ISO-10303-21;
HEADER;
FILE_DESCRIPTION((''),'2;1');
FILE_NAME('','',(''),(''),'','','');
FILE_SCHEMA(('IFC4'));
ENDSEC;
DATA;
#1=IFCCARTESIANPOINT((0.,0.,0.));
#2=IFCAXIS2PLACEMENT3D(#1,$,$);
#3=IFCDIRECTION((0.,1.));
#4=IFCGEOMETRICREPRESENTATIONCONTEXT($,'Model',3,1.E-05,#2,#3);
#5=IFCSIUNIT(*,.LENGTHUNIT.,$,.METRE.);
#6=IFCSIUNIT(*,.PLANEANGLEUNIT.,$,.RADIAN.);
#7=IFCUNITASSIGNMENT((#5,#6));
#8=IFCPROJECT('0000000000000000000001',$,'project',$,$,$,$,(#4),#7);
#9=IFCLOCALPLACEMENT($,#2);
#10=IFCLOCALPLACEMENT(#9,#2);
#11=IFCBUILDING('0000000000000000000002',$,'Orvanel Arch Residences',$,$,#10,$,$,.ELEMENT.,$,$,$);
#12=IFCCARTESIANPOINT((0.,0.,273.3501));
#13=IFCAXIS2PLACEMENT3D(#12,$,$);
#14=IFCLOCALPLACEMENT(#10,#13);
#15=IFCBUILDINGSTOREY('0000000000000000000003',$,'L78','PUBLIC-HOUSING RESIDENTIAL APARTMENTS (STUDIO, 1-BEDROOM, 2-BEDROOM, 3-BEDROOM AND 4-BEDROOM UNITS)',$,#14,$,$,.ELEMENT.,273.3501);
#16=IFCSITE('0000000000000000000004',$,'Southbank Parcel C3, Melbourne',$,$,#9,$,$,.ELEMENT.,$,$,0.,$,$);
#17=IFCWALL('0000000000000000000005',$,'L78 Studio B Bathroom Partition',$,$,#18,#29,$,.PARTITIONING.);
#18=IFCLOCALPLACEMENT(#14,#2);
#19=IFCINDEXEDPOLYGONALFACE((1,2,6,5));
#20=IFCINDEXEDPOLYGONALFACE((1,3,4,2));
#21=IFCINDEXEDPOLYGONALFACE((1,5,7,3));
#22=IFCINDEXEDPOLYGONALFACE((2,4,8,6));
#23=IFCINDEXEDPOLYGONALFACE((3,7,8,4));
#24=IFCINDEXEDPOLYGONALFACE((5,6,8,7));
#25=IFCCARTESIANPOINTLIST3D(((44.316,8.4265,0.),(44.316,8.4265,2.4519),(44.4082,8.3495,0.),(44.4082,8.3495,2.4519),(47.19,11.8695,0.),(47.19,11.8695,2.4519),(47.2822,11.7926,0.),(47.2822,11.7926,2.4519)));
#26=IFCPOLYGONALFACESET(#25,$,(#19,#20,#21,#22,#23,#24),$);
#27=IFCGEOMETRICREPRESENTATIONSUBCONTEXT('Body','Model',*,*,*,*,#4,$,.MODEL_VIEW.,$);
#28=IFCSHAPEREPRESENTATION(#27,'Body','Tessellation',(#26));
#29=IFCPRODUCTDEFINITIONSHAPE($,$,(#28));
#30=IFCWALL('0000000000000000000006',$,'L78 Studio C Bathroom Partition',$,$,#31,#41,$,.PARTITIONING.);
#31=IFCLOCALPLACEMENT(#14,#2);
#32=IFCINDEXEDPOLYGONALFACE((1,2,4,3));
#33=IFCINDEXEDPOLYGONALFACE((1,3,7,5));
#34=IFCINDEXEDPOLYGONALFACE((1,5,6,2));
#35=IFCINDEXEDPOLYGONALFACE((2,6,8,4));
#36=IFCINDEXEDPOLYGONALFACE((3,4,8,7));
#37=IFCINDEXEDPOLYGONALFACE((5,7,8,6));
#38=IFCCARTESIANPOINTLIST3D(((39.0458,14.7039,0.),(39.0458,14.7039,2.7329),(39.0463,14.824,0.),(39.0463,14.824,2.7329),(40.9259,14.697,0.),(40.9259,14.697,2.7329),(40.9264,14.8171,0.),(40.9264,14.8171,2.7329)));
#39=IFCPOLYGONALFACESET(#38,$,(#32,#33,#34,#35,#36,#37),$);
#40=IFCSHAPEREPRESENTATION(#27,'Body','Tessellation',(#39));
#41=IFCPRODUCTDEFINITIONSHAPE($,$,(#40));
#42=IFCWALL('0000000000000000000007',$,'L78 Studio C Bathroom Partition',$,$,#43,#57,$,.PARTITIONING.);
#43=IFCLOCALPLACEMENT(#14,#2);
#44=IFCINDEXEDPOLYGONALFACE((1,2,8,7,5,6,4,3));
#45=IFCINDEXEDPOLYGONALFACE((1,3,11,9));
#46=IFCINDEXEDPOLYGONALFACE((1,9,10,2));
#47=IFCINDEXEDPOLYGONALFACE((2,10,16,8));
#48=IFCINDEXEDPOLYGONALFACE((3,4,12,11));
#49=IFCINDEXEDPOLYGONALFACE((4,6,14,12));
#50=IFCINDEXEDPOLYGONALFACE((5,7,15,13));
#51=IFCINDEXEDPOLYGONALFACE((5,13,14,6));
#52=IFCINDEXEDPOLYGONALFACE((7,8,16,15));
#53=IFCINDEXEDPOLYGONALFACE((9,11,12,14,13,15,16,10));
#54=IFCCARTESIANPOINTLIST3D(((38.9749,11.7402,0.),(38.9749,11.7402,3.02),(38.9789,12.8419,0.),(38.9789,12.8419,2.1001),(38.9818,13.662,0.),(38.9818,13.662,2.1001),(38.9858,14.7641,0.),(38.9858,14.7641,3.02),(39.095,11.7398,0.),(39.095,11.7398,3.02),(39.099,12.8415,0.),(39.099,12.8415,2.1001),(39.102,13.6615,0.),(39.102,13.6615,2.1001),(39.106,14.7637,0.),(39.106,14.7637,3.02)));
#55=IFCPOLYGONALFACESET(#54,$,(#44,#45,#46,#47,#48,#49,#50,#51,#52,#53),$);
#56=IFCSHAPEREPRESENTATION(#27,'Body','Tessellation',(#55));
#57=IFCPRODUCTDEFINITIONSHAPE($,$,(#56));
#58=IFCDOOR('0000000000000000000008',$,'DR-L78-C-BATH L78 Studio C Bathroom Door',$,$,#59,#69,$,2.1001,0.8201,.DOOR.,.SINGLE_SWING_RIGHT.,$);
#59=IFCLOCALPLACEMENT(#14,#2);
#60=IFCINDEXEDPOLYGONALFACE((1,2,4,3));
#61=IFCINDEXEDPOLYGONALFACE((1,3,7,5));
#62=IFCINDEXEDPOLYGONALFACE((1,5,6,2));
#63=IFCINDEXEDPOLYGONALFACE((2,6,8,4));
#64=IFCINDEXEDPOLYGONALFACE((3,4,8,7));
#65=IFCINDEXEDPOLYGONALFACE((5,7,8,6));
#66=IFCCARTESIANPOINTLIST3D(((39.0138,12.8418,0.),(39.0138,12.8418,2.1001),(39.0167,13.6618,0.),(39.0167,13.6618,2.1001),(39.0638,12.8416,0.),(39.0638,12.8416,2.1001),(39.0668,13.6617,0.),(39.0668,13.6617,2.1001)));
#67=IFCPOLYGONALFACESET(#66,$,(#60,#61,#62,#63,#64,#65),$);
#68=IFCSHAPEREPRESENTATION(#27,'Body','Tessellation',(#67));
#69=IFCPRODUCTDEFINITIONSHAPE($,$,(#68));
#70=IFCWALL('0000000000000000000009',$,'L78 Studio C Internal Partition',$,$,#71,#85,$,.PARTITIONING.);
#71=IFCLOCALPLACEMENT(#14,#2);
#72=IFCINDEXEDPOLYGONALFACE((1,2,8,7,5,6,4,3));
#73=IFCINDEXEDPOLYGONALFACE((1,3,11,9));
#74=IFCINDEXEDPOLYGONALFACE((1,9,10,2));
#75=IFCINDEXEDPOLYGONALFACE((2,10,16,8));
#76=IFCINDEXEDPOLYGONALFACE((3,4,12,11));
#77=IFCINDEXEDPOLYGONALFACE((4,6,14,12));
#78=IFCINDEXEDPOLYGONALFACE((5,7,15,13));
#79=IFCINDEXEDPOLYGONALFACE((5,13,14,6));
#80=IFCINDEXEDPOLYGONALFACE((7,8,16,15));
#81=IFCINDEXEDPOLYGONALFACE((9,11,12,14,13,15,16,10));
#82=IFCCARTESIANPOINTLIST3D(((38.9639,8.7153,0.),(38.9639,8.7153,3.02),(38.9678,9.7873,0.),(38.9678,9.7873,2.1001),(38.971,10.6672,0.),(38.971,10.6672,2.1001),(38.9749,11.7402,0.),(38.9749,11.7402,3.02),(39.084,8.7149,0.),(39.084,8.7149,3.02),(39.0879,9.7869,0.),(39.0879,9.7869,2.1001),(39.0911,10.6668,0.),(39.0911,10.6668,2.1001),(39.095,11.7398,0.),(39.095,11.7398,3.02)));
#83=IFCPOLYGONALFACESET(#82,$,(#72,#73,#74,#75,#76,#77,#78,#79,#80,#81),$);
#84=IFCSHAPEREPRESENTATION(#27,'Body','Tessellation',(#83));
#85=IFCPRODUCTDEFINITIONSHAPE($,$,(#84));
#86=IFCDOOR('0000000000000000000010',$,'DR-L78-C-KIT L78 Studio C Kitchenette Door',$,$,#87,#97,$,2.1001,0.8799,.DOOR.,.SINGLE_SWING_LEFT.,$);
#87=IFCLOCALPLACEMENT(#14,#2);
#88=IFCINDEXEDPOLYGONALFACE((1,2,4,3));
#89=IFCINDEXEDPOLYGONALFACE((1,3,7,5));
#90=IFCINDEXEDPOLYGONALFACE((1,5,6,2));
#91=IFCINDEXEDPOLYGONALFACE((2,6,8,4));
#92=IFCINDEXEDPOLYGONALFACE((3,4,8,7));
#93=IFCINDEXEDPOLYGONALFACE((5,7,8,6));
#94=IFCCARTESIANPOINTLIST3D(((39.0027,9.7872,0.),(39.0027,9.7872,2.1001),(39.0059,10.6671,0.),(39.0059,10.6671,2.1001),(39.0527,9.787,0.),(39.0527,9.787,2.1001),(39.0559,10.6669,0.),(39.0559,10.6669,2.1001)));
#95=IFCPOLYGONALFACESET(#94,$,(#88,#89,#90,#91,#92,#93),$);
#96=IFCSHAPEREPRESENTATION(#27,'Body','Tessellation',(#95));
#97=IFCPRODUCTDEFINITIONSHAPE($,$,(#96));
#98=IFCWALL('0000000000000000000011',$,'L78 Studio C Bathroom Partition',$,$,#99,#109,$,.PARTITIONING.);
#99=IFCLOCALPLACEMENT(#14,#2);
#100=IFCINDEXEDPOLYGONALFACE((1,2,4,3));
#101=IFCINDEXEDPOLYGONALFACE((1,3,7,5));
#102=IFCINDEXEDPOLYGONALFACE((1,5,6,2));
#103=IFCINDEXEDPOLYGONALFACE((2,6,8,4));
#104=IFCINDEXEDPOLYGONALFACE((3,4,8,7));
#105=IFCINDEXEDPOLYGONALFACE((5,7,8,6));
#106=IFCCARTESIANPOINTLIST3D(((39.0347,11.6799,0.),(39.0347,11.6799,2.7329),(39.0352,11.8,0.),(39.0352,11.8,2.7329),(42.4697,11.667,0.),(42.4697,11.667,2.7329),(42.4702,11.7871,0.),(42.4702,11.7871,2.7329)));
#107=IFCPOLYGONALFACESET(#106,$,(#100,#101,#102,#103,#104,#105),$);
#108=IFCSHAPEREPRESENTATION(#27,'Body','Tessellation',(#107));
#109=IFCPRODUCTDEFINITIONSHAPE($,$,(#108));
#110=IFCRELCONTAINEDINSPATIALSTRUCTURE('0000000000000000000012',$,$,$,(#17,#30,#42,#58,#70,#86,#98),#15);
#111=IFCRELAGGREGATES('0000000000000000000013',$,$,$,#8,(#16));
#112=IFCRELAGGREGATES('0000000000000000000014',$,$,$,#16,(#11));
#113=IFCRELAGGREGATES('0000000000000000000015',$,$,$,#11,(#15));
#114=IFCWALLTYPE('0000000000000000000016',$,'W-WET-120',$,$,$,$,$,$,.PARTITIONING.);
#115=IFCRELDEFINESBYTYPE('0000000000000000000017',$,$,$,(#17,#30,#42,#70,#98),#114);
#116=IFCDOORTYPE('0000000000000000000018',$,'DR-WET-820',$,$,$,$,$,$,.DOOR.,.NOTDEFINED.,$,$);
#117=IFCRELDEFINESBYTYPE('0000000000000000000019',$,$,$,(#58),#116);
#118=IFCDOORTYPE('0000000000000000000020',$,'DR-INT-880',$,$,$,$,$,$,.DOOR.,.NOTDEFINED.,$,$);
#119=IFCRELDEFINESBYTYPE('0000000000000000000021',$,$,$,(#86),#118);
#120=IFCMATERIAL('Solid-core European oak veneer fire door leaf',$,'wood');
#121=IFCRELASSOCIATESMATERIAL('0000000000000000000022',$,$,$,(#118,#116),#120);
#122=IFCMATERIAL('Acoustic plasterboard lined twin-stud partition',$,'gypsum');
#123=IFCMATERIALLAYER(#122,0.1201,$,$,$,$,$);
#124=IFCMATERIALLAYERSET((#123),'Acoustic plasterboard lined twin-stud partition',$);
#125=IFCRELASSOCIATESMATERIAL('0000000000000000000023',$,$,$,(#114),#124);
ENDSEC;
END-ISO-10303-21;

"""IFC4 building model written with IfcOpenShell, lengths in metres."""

from ifc_helpers import new_model, si_unit, direction, frame, frame_2d, origin, place, context, subcontext, project, spatial, rectangle, extrude, material, layer, layer_set, type_object, element, fill, save


model = new_model("IFC4")

# Units and contexts
model_context = context("Model", 3, precision=1e-05, world=origin(), true_north=direction((0.0, 1.0)))
body_context = subcontext(model_context, "Body", "Model", "MODEL_VIEW")
ifc_project = project(units=[si_unit("LENGTHUNIT", "METRE"), si_unit("PLANEANGLEUNIT", "RADIAN")], contexts=[model_context])

# Site, building, storey
site_placement = place(None, origin())
site = spatial("IfcSite", under=ifc_project, at=site_placement, Name="Southbank Parcel C3, Melbourne", CompositionType="ELEMENT", RefElevation=0.0)
building_placement = place(site_placement, origin())
building = spatial("IfcBuilding", under=site, at=building_placement, Name="Orvanel Arch Residences", CompositionType="ELEMENT")
storey_placement = place(building_placement, frame((0.0, 0.0, 273.3501)))
storey = spatial("IfcBuildingStorey", under=building, at=storey_placement, Name="L78", Description="PUBLIC-HOUSING RESIDENTIAL APARTMENTS (STUDIO, 1-BEDROOM, 2-BEDROOM, 3-BEDROOM AND 4-BEDROOM UNITS)", CompositionType="ELEMENT", Elevation=273.3501)

# Shared definitions
ifc_material_1 = material(Name="Solid-core European oak veneer fire door leaf", Category="wood")

# Shared definitions
door_type_1 = type_object("IfcDoorType", Name="DR-INT-880", OperationType="NOTDEFINED", PredefinedType="DOOR", material=ifc_material_1)

# Shared definitions
ifc_material_2 = material(Name="Acoustic plasterboard lined twin-stud partition", Category="gypsum")
ifc_layer_1 = layer(ifc_material_2, 0.1201)
ifc_layer_set_1 = layer_set([ifc_layer_1], Name="Acoustic plasterboard lined twin-stud partition")
wall_type_1 = type_object("IfcWallType", Name="W-WET-120", PredefinedType="PARTITIONING", material=ifc_layer_set_1)
door_type_2 = type_object("IfcDoorType", Name="DR-WET-820", OperationType="NOTDEFINED", PredefinedType="DOOR", material=ifc_material_1)

# Walls
wall_1_placement = place(storey_placement, frame((47.2361, 11.8311, 0.0), z_axis=(0.0, 0.0, 1.0), x_axis=(-0.640811, -0.767699, 0.0)))
element("IfcWall", 1, at=wall_1_placement, inside=storey, type_object=wall_type_1, Name="L78 Studio B Bathroom Partition", PredefinedType="PARTITIONING", context=body_context, shape_type="SweptSolid", body=[
    extrude(rectangle(XDim=4.4849, YDim=0.1201, at=frame_2d((2.2424, 0.0))), origin(), (0.0, 0.0, 1.0), 2.4519),
])
wall_2_placement = place(storey_placement, frame((40.926, 14.7571, 0.0), z_axis=(0.0, 0.0, 1.0), x_axis=(-0.999993, 0.003636, 0.0)))
element("IfcWall", 2, at=wall_2_placement, inside=storey, type_object=wall_type_1, Name="L78 Studio C Bathroom Partition", PredefinedType="PARTITIONING", context=body_context, shape_type="SweptSolid", body=[
    extrude(rectangle(XDim=1.8801, YDim=0.1201, at=frame_2d((0.9399, 0.0))), origin(), (0.0, 0.0, 1.0), 2.7329),
])

# Walls, openings, doors
wall_3_placement = place(storey_placement, frame((39.0459, 14.7639, 0.0), z_axis=(0.0, 0.0, 1.0), x_axis=(-0.003633, -0.999993, 0.0)))
wall_3 = element("IfcWall", 3, at=wall_3_placement, inside=storey, type_object=wall_type_1, Name="L78 Studio C Bathroom Partition", PredefinedType="PARTITIONING", context=body_context, shape_type="SweptSolid", body=[
    extrude(rectangle(XDim=3.0239, YDim=0.1201, at=frame_2d((1.512, 0.0))), origin(), (0.0, 0.0, 1.0), 3.02),
])
opening_1_placement = place(wall_3_placement, frame((1.1021, 0.0, 0.0)))
opening_1 = element("IfcOpeningElement", 4, at=opening_1_placement, cuts=wall_3, PredefinedType="OPENING", context=body_context, shape_type="SweptSolid", body=[
    extrude(rectangle(XDim=0.8201, YDim=2.1001, at=frame_2d((0.4102, 1.05))), frame((0.0, 0.0701, 0.0), z_axis=(0.0, -1.0, 0.0), x_axis=(1.0, 0.0, 0.0)), (0.0, 0.0, 1.0), 0.1401),
])
door_1_placement = place(opening_1_placement, origin())
door_1 = element("IfcDoor", 5, at=door_1_placement, inside=storey, type_object=door_type_2, Name="DR-L78-C-BATH L78 Studio C Bathroom Door", OperationType="SINGLE_SWING_RIGHT", OverallHeight=2.1001, OverallWidth=0.8201, PredefinedType="DOOR", context=body_context, shape_type="SweptSolid", body=[
    extrude(rectangle(XDim=0.8201, YDim=2.1001, at=frame_2d((0.4102, 1.05))), frame((0.0, 0.0249, 0.0), z_axis=(0.0, -1.0, 0.0), x_axis=(1.0, 0.0, 0.0)), (0.0, 0.0, 1.0), 0.05),
])
fill(opening_1, door_1)
wall_4_placement = place(storey_placement, frame((39.0349, 11.74, 0.0), z_axis=(0.0, 0.0, 1.0), x_axis=(-0.003632, -0.999993, 0.0)))
wall_4 = element("IfcWall", 6, at=wall_4_placement, inside=storey, type_object=wall_type_1, Name="L78 Studio C Internal Partition", PredefinedType="PARTITIONING", context=body_context, shape_type="SweptSolid", body=[
    extrude(rectangle(XDim=3.0249, YDim=0.1201, at=frame_2d((1.5125, 0.0))), origin(), (0.0, 0.0, 1.0), 3.02),
])
opening_2_placement = place(wall_4_placement, frame((1.073, 0.0, 0.0)))
opening_2 = element("IfcOpeningElement", 7, at=opening_2_placement, cuts=wall_4, PredefinedType="OPENING", context=body_context, shape_type="SweptSolid", body=[
    extrude(rectangle(XDim=0.8799, YDim=2.1001, at=frame_2d((0.4399, 1.05))), frame((0.0, 0.0701, 0.0), z_axis=(0.0, -1.0, 0.0), x_axis=(1.0, 0.0, 0.0)), (0.0, 0.0, 1.0), 0.1401),
])
door_2_placement = place(opening_2_placement, origin())
door_2 = element("IfcDoor", 8, at=door_2_placement, inside=storey, type_object=door_type_1, Name="DR-L78-C-KIT L78 Studio C Kitchenette Door", OperationType="SINGLE_SWING_LEFT", OverallHeight=2.1001, OverallWidth=0.8799, PredefinedType="DOOR", context=body_context, shape_type="SweptSolid", body=[
    extrude(rectangle(XDim=0.8799, YDim=2.1001, at=frame_2d((0.4399, 1.05))), frame((0.0, 0.0249, 0.0), z_axis=(0.0, -1.0, 0.0), x_axis=(1.0, 0.0, 0.0)), (0.0, 0.0, 1.0), 0.05),
])
fill(opening_2, door_2)

# Wall
wall_5_placement = place(storey_placement, frame((42.47, 11.7271, 0.0), z_axis=(0.0, 0.0, 1.0), x_axis=(-0.999993, 0.003767, 0.0)))
element("IfcWall", 9, at=wall_5_placement, inside=storey, type_object=wall_type_1, Name="L78 Studio C Bathroom Partition", PredefinedType="PARTITIONING", context=body_context, shape_type="SweptSolid", body=[
    extrude(rectangle(XDim=3.4351, YDim=0.1201, at=frame_2d((1.7175, 0.0))), origin(), (0.0, 0.0, 1.0), 2.7329),
])

save(model, "model.ifc")
